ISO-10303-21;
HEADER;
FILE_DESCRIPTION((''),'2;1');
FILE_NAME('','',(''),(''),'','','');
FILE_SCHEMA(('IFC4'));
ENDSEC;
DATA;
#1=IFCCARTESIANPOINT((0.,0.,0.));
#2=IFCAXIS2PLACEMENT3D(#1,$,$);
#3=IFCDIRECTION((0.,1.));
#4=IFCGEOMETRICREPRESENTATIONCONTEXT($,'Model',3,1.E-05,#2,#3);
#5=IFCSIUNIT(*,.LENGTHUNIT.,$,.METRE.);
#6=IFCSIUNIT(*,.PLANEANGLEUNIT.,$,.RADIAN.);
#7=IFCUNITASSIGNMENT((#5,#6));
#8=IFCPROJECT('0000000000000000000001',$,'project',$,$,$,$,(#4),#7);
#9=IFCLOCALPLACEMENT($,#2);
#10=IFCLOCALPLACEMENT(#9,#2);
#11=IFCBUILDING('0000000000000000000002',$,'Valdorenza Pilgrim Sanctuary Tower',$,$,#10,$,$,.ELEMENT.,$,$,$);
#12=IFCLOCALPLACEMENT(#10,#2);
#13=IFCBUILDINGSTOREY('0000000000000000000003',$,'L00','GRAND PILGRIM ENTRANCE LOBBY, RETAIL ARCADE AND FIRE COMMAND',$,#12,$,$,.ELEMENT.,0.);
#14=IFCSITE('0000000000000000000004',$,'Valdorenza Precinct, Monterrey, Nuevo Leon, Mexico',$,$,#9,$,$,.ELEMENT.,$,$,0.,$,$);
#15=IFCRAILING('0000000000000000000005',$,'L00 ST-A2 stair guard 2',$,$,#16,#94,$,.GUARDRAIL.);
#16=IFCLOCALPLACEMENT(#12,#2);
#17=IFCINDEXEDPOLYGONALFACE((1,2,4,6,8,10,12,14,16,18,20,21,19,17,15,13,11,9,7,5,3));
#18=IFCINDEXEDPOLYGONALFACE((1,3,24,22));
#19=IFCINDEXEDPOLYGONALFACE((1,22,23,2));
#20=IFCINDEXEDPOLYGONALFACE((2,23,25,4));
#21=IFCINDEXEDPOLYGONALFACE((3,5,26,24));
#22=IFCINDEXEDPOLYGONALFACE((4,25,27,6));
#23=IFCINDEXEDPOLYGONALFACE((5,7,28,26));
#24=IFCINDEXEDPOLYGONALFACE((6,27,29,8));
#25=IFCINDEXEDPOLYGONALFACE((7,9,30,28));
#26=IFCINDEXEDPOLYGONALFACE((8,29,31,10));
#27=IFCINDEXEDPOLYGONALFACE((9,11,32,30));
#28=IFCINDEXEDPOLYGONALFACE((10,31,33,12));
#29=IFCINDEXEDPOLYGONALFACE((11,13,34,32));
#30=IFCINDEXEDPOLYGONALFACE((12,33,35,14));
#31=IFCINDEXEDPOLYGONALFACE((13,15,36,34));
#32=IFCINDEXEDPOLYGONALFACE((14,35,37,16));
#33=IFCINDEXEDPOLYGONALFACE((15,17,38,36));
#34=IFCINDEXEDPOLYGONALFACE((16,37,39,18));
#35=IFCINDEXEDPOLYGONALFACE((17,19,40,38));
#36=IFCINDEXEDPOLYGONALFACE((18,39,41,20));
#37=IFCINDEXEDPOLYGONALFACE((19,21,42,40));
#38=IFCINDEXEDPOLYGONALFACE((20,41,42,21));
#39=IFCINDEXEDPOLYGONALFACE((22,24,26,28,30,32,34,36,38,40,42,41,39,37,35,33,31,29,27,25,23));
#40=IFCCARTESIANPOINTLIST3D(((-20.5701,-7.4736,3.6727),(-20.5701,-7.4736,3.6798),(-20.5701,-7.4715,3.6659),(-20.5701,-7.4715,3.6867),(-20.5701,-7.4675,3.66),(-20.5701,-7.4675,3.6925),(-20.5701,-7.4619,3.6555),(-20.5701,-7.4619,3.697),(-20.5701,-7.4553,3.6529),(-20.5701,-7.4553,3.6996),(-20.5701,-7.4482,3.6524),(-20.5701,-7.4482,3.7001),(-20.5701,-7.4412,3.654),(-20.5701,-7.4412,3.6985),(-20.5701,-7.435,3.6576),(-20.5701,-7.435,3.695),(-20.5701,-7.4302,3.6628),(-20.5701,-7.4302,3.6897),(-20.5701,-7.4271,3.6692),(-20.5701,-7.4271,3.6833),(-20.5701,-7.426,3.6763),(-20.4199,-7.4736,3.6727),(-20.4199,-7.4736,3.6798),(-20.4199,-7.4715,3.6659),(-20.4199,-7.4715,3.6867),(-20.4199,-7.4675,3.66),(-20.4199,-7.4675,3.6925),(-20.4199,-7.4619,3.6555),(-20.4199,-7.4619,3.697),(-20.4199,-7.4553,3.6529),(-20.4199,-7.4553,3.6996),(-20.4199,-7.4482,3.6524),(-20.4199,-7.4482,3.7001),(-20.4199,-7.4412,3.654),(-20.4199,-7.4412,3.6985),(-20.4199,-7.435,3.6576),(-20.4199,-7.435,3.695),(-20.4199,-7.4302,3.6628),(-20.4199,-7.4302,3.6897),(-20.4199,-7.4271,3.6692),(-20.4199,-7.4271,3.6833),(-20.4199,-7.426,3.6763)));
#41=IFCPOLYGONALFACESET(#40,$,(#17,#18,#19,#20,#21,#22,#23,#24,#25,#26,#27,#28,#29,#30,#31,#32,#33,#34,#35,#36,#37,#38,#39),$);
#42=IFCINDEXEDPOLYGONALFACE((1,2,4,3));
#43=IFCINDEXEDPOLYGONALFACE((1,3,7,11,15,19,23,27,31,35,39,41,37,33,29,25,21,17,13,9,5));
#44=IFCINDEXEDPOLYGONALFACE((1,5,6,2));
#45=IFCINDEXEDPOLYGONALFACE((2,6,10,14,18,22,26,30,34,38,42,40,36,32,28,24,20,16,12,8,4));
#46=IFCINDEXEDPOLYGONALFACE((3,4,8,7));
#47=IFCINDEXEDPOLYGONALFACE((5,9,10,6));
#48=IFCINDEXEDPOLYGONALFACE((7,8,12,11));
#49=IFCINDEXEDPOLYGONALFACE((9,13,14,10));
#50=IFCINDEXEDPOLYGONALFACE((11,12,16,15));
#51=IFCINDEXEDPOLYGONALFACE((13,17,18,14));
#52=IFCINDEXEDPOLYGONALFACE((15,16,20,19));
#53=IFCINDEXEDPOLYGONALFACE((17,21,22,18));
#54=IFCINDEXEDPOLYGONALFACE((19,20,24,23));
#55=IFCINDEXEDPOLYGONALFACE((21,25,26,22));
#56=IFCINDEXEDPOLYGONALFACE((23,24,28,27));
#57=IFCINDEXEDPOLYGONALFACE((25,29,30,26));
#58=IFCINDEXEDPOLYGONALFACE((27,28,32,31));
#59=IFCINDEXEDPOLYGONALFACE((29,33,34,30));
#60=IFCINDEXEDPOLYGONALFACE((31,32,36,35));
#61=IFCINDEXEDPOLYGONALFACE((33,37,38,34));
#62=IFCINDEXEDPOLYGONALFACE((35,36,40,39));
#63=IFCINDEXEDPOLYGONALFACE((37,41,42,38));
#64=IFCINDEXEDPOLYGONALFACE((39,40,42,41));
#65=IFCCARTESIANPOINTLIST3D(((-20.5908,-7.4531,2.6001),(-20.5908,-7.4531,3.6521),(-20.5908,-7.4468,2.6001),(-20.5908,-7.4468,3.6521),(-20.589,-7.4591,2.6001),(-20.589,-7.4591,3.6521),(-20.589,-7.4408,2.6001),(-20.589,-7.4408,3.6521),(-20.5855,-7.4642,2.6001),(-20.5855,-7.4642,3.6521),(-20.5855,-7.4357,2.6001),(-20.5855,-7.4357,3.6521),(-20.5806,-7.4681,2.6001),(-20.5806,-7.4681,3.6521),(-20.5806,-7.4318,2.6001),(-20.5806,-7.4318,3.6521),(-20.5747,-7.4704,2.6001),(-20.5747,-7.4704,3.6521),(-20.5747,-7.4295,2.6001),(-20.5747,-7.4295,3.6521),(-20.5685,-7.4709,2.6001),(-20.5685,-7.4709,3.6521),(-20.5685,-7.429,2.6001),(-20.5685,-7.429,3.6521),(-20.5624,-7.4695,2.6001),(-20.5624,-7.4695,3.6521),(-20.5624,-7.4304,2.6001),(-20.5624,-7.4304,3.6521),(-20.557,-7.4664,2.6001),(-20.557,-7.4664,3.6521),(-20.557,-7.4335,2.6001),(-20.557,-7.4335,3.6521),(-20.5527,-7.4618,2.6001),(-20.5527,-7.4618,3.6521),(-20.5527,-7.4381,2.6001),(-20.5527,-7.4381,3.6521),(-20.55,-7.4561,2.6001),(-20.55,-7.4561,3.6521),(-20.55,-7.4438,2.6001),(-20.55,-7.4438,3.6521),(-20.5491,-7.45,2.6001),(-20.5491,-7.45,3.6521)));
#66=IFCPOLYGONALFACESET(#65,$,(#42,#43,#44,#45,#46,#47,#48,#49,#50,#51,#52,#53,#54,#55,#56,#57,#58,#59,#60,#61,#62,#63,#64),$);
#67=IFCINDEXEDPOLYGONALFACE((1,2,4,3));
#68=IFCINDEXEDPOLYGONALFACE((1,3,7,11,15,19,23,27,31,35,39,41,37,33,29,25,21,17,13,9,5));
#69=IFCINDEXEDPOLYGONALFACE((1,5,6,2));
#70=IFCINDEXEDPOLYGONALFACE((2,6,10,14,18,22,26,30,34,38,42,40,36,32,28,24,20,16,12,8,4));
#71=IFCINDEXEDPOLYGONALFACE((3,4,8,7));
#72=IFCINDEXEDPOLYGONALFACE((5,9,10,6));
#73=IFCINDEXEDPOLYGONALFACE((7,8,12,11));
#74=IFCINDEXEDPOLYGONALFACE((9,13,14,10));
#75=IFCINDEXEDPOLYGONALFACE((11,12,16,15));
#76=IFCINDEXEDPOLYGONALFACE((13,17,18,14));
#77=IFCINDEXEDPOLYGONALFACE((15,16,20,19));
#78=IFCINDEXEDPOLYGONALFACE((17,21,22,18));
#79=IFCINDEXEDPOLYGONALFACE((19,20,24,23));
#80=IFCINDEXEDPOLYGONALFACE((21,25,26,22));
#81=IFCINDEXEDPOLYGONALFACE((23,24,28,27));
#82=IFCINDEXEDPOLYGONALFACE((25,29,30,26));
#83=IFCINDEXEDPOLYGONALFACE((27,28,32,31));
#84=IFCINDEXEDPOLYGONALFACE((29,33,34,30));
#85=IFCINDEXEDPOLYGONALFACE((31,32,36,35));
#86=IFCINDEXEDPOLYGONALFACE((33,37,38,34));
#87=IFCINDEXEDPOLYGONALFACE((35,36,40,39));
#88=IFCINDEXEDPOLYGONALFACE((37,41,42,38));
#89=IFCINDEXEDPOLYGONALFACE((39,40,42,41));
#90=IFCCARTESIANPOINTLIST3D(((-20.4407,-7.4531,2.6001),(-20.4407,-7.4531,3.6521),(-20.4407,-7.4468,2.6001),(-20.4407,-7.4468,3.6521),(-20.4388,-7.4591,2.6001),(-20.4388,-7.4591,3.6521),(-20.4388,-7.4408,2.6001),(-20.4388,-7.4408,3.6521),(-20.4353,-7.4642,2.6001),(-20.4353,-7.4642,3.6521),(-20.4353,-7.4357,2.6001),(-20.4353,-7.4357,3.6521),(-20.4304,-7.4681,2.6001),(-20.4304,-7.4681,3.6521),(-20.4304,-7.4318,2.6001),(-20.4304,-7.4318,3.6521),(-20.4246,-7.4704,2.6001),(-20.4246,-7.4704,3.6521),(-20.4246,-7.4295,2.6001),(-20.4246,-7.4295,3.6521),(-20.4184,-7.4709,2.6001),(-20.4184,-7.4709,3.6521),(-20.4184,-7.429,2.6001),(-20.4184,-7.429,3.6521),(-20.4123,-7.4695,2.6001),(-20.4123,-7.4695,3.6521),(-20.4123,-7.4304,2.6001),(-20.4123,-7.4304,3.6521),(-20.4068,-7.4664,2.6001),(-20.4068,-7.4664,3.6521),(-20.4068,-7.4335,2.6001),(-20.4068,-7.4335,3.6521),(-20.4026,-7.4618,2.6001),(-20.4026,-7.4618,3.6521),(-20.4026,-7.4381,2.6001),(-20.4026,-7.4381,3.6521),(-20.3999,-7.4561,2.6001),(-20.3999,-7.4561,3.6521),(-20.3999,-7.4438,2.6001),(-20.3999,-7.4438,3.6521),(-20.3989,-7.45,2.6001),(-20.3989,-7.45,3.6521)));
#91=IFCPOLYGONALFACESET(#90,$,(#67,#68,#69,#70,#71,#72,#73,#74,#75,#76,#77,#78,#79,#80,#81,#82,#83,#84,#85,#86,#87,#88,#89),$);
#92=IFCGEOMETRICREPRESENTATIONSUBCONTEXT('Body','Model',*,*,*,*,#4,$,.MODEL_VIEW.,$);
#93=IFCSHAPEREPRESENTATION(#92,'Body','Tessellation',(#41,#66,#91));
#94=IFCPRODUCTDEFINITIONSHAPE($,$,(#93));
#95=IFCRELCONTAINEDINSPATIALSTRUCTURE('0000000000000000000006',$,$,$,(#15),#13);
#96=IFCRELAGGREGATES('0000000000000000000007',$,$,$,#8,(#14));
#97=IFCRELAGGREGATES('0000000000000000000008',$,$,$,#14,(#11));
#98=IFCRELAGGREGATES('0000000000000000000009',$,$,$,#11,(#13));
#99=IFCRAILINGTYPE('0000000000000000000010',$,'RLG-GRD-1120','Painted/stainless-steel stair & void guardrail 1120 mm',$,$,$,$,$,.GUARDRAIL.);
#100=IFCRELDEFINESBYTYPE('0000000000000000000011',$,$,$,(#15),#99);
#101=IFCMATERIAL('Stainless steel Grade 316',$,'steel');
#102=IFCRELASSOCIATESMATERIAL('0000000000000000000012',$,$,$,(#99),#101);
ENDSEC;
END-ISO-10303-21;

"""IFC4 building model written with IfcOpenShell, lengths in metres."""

from ifc_helpers import new_model, si_unit, direction, frame, origin, origin_2d, place, context, subcontext, project, spatial, circle, extrude, material, type_object, element, save


model = new_model("IFC4")

# Units and contexts
model_context = context("Model", 3, precision=1e-05, world=origin(), true_north=direction((0.0, 1.0)))
body_context = subcontext(model_context, "Body", "Model", "MODEL_VIEW")
ifc_project = project(units=[si_unit("LENGTHUNIT", "METRE"), si_unit("PLANEANGLEUNIT", "RADIAN")], contexts=[model_context])

# Site, building, storey
site_placement = place(None, origin())
site = spatial("IfcSite", under=ifc_project, at=site_placement, Name="Valdorenza Precinct, Monterrey, Nuevo Leon, Mexico", CompositionType="ELEMENT", RefElevation=0.0)
building_placement = place(site_placement, origin())
building = spatial("IfcBuilding", under=site, at=building_placement, Name="Valdorenza Pilgrim Sanctuary Tower", CompositionType="ELEMENT")
storey_placement = place(building_placement, origin())
storey = spatial("IfcBuildingStorey", under=building, at=storey_placement, Name="L00", Description="GRAND PILGRIM ENTRANCE LOBBY, RETAIL ARCADE AND FIRE COMMAND", CompositionType="ELEMENT", Elevation=0.0)

# Railing
ifc_material_1 = material(Name="Stainless steel Grade 316", Category="steel")
railing_type_1 = type_object("IfcRailingType", Name="RLG-GRD-1120", Description="Painted/stainless-steel stair & void guardrail 1120 mm", PredefinedType="GUARDRAIL", material=ifc_material_1)
railing_1_placement = place(storey_placement, frame((-20.5701, -7.45, 2.6001)))
element("IfcRailing", 1, at=railing_1_placement, inside=storey, type_object=railing_type_1, Name="L00 ST-A2 stair guard 2", PredefinedType="GUARDRAIL", context=body_context, shape_type="SweptSolid", body=[
    extrude(circle(Radius=0.0239, at=origin_2d()), frame((0.0, 0.0, 1.0762), z_axis=(1.0, 0.0, 0.0), x_axis=(0.0, 1.0, 0.0)), (0.0, 0.0, 1.0), 0.1501),
    extrude(circle(Radius=0.021, at=origin_2d()), origin(), (0.0, 0.0, 1.0), 1.052),
    extrude(circle(Radius=0.021, at=origin_2d()), frame((0.1501, 0.0, 0.0)), (0.0, 0.0, 1.0), 1.052),
])

save(model, "model.ifc")
